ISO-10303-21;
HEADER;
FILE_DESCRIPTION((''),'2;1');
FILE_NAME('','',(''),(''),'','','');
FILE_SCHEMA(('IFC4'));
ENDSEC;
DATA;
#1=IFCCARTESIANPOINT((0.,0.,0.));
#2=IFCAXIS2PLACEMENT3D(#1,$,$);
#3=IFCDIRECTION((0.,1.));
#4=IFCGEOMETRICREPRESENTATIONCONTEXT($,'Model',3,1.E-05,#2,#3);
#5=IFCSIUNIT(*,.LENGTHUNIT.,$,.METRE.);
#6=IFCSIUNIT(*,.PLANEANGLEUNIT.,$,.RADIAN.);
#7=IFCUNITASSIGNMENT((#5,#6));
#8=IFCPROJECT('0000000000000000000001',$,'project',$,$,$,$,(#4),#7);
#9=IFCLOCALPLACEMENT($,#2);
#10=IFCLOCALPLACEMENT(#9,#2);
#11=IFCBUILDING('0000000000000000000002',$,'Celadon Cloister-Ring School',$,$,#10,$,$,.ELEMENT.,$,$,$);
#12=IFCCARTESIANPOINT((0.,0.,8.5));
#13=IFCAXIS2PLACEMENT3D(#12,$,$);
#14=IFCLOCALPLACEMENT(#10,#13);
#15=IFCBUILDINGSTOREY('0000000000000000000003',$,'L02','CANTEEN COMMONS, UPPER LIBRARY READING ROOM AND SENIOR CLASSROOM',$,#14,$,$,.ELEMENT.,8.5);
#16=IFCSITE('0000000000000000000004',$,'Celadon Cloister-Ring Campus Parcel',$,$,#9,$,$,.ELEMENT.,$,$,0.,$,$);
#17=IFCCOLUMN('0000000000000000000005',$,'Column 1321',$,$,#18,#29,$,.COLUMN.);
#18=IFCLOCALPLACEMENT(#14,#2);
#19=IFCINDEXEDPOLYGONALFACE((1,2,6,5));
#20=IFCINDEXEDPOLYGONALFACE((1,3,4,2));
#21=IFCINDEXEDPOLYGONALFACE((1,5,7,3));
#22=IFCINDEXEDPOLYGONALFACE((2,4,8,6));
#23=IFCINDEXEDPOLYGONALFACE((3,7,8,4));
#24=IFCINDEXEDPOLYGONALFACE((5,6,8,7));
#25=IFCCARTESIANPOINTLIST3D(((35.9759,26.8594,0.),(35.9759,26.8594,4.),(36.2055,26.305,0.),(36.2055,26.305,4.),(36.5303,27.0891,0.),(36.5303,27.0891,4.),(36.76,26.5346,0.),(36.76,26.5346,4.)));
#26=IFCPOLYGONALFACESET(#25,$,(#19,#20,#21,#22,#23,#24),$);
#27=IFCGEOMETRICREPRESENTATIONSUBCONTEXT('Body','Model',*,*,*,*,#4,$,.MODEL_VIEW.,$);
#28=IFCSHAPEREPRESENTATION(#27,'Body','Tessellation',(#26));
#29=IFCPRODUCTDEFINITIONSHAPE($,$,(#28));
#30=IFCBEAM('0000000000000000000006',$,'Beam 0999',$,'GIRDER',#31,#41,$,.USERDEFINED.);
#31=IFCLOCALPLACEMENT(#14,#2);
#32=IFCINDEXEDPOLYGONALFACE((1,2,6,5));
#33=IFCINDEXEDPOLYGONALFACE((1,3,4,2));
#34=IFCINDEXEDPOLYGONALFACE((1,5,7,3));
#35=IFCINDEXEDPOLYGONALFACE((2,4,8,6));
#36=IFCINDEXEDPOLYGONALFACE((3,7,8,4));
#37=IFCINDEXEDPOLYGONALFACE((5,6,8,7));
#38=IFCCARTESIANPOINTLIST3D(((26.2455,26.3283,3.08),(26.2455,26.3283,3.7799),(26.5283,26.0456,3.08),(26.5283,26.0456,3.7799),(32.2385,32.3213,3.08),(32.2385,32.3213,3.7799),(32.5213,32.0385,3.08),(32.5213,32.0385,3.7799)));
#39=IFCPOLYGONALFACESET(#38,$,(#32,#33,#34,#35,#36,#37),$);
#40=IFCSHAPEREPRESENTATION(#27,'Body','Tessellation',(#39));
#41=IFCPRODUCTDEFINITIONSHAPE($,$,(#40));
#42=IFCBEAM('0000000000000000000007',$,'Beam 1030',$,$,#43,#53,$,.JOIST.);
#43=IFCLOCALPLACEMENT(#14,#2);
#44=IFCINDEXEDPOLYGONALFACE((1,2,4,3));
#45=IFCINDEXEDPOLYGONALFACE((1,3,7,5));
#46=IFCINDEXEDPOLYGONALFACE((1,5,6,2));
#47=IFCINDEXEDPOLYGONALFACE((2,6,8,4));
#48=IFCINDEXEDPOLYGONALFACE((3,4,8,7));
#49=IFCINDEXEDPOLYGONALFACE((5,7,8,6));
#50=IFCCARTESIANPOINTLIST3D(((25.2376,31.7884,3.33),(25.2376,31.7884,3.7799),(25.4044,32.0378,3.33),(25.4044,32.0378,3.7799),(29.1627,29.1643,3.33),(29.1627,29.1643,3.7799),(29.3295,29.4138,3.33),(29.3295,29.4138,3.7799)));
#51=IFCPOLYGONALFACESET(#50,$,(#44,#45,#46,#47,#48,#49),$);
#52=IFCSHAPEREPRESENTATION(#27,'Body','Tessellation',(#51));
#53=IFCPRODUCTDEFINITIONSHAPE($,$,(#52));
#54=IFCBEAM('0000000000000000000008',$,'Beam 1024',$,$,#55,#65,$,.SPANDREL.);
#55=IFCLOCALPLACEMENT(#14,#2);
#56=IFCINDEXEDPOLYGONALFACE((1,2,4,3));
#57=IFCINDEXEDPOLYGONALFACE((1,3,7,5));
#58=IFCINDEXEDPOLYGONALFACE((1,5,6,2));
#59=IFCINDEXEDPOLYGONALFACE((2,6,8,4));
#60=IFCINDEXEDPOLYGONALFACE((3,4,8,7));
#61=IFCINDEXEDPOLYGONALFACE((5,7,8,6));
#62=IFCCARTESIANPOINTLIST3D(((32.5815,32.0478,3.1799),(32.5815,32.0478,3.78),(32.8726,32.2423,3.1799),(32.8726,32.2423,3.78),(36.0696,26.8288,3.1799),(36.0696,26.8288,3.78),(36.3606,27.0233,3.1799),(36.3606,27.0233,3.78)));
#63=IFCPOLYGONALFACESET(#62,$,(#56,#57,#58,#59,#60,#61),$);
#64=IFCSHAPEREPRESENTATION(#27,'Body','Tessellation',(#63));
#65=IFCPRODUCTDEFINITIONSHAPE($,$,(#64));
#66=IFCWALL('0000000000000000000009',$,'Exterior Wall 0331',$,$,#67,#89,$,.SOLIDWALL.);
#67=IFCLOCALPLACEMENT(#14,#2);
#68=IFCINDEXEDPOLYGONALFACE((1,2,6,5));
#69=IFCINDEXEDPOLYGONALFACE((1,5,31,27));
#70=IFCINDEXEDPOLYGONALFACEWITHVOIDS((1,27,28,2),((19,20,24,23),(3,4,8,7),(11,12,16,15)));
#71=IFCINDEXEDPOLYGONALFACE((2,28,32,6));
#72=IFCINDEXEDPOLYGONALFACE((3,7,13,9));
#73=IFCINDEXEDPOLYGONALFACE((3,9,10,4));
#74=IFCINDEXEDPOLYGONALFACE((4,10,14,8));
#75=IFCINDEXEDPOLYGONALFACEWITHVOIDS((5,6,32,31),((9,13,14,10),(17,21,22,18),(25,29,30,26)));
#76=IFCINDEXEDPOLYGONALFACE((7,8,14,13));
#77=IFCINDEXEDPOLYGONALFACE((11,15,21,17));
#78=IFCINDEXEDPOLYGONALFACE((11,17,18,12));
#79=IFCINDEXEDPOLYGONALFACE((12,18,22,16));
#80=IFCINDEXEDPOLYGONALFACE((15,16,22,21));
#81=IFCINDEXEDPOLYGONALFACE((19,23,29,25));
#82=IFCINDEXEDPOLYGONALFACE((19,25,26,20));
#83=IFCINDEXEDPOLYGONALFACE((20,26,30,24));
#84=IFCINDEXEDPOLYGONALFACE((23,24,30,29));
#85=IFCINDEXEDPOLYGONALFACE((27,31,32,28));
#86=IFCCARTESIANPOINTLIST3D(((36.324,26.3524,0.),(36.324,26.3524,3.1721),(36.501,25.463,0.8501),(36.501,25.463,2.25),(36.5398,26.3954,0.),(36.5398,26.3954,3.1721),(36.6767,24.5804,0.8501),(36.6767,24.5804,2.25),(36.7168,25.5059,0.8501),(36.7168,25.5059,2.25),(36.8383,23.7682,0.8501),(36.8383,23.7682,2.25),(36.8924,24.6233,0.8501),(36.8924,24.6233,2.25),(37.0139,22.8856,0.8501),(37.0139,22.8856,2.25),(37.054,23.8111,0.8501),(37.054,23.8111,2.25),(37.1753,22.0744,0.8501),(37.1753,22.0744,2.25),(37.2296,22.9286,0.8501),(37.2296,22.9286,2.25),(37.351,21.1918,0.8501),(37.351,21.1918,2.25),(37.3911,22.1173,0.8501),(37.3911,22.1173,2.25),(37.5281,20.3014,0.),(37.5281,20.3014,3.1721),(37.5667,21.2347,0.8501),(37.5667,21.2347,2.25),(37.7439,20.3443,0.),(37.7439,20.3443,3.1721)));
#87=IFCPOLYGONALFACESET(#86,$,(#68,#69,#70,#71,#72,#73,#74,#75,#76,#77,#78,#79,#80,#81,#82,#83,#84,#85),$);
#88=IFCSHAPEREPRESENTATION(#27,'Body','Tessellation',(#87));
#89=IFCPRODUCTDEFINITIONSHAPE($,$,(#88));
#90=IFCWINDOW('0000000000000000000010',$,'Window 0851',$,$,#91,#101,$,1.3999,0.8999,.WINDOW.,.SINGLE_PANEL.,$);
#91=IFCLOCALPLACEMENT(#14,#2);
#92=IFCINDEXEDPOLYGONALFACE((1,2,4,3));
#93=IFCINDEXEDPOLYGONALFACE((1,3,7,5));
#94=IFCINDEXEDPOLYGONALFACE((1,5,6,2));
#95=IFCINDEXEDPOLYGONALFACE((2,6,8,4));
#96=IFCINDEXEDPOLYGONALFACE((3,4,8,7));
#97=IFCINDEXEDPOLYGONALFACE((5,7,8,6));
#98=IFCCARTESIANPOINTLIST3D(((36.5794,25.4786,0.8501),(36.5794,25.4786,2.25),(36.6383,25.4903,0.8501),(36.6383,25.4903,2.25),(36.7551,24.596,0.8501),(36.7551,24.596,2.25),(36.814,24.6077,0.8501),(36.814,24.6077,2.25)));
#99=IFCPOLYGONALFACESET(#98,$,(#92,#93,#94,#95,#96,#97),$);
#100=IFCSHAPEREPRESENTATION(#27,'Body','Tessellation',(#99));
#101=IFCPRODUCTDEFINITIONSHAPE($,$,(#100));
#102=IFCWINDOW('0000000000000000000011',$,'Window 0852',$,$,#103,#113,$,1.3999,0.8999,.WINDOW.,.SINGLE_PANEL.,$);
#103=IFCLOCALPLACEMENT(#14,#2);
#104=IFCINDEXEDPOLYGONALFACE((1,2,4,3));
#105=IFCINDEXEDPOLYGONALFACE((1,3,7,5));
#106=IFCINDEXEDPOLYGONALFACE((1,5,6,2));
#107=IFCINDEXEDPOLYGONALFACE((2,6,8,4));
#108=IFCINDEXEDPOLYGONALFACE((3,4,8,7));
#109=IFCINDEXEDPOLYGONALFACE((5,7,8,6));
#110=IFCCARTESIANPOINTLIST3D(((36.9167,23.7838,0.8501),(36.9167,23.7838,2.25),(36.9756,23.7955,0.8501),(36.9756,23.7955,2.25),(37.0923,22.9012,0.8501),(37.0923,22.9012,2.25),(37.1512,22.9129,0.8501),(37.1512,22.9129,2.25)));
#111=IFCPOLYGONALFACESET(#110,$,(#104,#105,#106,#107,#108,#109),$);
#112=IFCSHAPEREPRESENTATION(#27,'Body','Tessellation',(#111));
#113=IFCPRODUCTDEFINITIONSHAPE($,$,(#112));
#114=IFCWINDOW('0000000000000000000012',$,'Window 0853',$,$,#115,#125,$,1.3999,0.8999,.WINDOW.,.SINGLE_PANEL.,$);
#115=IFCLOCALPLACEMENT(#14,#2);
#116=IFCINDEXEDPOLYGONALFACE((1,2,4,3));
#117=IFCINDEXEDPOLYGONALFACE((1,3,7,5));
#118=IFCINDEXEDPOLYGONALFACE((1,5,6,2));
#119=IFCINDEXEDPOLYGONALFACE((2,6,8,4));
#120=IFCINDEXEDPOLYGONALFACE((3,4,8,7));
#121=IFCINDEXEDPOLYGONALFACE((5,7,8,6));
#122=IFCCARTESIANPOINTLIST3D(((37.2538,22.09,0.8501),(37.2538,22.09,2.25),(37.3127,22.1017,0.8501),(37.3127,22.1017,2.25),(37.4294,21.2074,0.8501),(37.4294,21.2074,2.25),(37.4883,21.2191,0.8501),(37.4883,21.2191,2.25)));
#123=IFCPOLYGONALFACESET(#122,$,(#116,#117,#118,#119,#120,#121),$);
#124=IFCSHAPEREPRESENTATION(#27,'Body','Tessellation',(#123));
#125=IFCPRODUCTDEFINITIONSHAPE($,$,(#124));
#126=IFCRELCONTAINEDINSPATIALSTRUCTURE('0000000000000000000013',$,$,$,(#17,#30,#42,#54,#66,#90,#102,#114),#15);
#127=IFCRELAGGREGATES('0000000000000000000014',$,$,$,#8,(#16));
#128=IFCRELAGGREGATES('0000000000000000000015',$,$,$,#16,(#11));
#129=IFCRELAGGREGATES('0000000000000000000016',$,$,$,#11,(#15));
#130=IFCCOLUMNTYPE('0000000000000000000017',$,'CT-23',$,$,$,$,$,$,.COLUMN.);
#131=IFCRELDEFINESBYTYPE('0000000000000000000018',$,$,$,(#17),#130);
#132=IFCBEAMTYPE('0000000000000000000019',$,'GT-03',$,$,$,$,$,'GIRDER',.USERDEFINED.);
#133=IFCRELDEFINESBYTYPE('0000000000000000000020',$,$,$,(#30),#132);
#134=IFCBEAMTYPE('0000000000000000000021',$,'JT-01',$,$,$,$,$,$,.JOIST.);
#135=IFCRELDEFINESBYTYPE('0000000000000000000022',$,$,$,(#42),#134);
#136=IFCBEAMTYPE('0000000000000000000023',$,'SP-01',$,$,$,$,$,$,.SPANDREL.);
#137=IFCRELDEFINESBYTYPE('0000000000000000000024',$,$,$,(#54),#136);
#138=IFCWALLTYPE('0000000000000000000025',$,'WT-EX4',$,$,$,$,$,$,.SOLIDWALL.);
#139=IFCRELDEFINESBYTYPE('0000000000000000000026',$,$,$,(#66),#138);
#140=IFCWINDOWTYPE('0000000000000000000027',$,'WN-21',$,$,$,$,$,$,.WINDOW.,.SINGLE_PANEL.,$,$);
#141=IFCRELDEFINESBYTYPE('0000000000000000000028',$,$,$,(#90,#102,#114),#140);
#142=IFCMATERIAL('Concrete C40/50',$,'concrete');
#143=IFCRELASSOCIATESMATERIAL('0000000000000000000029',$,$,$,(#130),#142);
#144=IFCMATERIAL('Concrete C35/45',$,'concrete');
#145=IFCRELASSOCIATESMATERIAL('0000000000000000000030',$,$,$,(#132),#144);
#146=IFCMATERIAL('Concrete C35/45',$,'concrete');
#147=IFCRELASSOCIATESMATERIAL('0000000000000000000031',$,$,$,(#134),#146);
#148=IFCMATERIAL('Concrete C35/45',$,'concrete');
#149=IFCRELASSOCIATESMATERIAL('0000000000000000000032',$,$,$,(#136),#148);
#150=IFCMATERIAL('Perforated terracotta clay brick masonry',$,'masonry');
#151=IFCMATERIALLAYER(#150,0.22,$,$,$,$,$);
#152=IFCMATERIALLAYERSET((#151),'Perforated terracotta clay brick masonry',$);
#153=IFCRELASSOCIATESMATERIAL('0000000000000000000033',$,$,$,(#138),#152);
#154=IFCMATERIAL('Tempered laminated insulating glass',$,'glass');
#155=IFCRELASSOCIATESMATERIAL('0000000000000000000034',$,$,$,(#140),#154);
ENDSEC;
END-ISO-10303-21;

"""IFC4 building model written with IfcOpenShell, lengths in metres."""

from ifc_helpers import new_model, si_unit, direction, frame, frame_2d, origin, origin_2d, place, context, subcontext, project, spatial, rectangle, extrude, material, layer, layer_set, material_profile, profile_set, type_object, element, fill, save


model = new_model("IFC4")

# Units and contexts
model_context = context("Model", 3, precision=1e-05, world=origin(), true_north=direction((0.0, 1.0)))
body_context = subcontext(model_context, "Body", "Model", "MODEL_VIEW")
ifc_project = project(units=[si_unit("LENGTHUNIT", "METRE"), si_unit("PLANEANGLEUNIT", "RADIAN")], contexts=[model_context])

# Site, building, storey
site_placement = place(None, origin())
site = spatial("IfcSite", under=ifc_project, at=site_placement, Name="Celadon Cloister-Ring Campus Parcel", CompositionType="ELEMENT", RefElevation=0.0)
building_placement = place(site_placement, origin())
building = spatial("IfcBuilding", under=site, at=building_placement, Name="Celadon Cloister-Ring School", CompositionType="ELEMENT")
storey_placement = place(building_placement, frame((0.0, 0.0, 8.5)))
storey = spatial("IfcBuildingStorey", under=building, at=storey_placement, Name="L02", Description="CANTEEN COMMONS, UPPER LIBRARY READING ROOM AND SENIOR CLASSROOM", CompositionType="ELEMENT", Elevation=8.5)

# Column
ifc_material_1 = material(Name="Concrete C40/50", Category="concrete")
ifc_material_profile_1 = material_profile(ifc_material_1, rectangle(XDim=0.6001, YDim=0.6001, at=origin_2d()), Name="RC600X600")
ifc_profile_set_1 = profile_set([ifc_material_profile_1], Name="Concrete C40/50")
column_type = type_object("IfcColumnType", Name="CT-23", PredefinedType="COLUMN", material=ifc_profile_set_1)
column_placement = place(storey_placement, frame((36.3679, 26.697, 0.0), z_axis=(0.0, 0.0, 1.0), x_axis=(0.92388, 0.382683, 0.0)))
element("IfcColumn", 1, at=column_placement, inside=storey, type_object=column_type, Name="Column 1321", PredefinedType="COLUMN", context=body_context, shape_type="SweptSolid", body=[
    extrude(rectangle(XDim=0.6001, YDim=0.6001, at=origin_2d()), origin(), (0.0, 0.0, 1.0), 4.0),
])

# Beams
ifc_material_2 = material(Name="Concrete C35/45", Category="concrete")
ifc_material_profile_2 = material_profile(ifc_material_2, rectangle(XDim=0.3999, YDim=0.7, at=origin_2d()), Name="RC400X700")
ifc_profile_set_2 = profile_set([ifc_material_profile_2], Name="Concrete C35/45")
beam_type_1 = type_object("IfcBeamType", Name="GT-03", ElementType="GIRDER", PredefinedType="USERDEFINED", material=ifc_profile_set_2)
beam_1_placement = place(storey_placement, frame((32.3799, 32.1799, 3.4299), z_axis=(-0.707107, -0.707107, 0.0), x_axis=(0.707107, -0.707107, 0.0)))
element("IfcBeam", 2, at=beam_1_placement, inside=storey, type_object=beam_type_1, Name="Beam 0999", ObjectType="GIRDER", PredefinedType="USERDEFINED", context=body_context, shape_type="SweptSolid", body=[
    extrude(rectangle(XDim=0.3999, YDim=0.7, at=origin_2d()), origin(), (0.0, 0.0, 1.0), 8.4753),
])
ifc_material_3 = material(Name="Concrete C35/45", Category="concrete")
ifc_material_profile_3 = material_profile(ifc_material_3, rectangle(XDim=0.3, YDim=0.45, at=origin_2d()), Name="RC300X450")
ifc_profile_set_3 = profile_set([ifc_material_profile_3], Name="Concrete C35/45")
beam_type_2 = type_object("IfcBeamType", Name="JT-01", PredefinedType="JOIST", material=ifc_profile_set_3)
beam_2_placement = place(storey_placement, frame((29.2461, 29.2891, 3.5549), z_axis=(-0.831334, 0.555774, 0.0), x_axis=(-0.555774, -0.831334, 0.0)))
element("IfcBeam", 3, at=beam_2_placement, inside=storey, type_object=beam_type_2, Name="Beam 1030", PredefinedType="JOIST", context=body_context, shape_type="SweptSolid", body=[
    extrude(rectangle(XDim=0.3, YDim=0.45, at=origin_2d()), origin(), (0.0, 0.0, 1.0), 4.7214),
])
ifc_material_4 = material(Name="Concrete C35/45", Category="concrete")
ifc_material_profile_4 = material_profile(ifc_material_4, rectangle(XDim=0.3501, YDim=0.6001, at=origin_2d()), Name="RC350X600")
ifc_profile_set_4 = profile_set([ifc_material_profile_4], Name="Concrete C35/45")
beam_type_3 = type_object("IfcBeamType", Name="SP-01", PredefinedType="SPANDREL", material=ifc_profile_set_4)
beam_3_placement = place(storey_placement, frame((36.2151, 26.926, 3.48), z_axis=(-0.55566, 0.83141, 0.0), x_axis=(-0.83141, -0.55566, 0.0)))
element("IfcBeam", 4, at=beam_3_placement, inside=storey, type_object=beam_type_3, Name="Beam 1024", PredefinedType="SPANDREL", context=body_context, shape_type="SweptSolid", body=[
    extrude(rectangle(XDim=0.3501, YDim=0.6001, at=origin_2d()), origin(), (0.0, 0.0, 1.0), 6.2773),
])

# Wall, openings, windows
ifc_material_5 = material(Name="Perforated terracotta clay brick masonry", Category="masonry")
ifc_layer_1 = layer(ifc_material_5, 0.22)
ifc_layer_set_1 = layer_set([ifc_layer_1], Name="Perforated terracotta clay brick masonry")
wall_type = type_object("IfcWallType", Name="WT-EX4", PredefinedType="SOLIDWALL", material=ifc_layer_set_1)
wall_1_placement = place(storey_placement, frame((36.4319, 26.374, 0.0), z_axis=(0.0, 0.0, 1.0), x_axis=(0.195165, -0.98077, 0.0)))
wall_1 = element("IfcWall", 5, at=wall_1_placement, inside=storey, type_object=wall_type, Name="Exterior Wall 0331", PredefinedType="SOLIDWALL", context=body_context, shape_type="SweptSolid", body=[
    extrude(rectangle(XDim=6.1697, YDim=0.22, at=frame_2d((3.085, 0.0))), origin(), (0.0, 0.0, 1.0), 3.1721),
])
opening_1_placement = place(wall_1_placement, frame((0.907, 0.0, 0.8501)))
opening_1 = element("IfcOpeningElement", 6, at=opening_1_placement, cuts=wall_1, PredefinedType="OPENING", context=body_context, shape_type="SweptSolid", body=[
    extrude(rectangle(XDim=0.8999, YDim=1.3999, at=frame_2d((0.45, 0.7))), frame((0.0, 0.1201, 0.0), z_axis=(0.0, -1.0, 0.0), x_axis=(1.0, 0.0, 0.0)), (0.0, 0.0, 1.0), 0.24),
])
opening_2_placement = place(wall_1_placement, frame((2.635, 0.0, 0.8501)))
opening_2 = element("IfcOpeningElement", 7, at=opening_2_placement, cuts=wall_1, PredefinedType="OPENING", context=body_context, shape_type="SweptSolid", body=[
    extrude(rectangle(XDim=0.8999, YDim=1.3999, at=frame_2d((0.45, 0.7))), frame((0.0, 0.1201, 0.0), z_axis=(0.0, -1.0, 0.0), x_axis=(1.0, 0.0, 0.0)), (0.0, 0.0, 1.0), 0.24),
])
opening_3_placement = place(wall_1_placement, frame((4.3621, 0.0, 0.8501)))
opening_3 = element("IfcOpeningElement", 8, at=opening_3_placement, cuts=wall_1, PredefinedType="OPENING", context=body_context, shape_type="SweptSolid", body=[
    extrude(rectangle(XDim=0.8999, YDim=1.3999, at=frame_2d((0.45, 0.7))), frame((0.0, 0.1201, 0.0), z_axis=(0.0, -1.0, 0.0), x_axis=(1.0, 0.0, 0.0)), (0.0, 0.0, 1.0), 0.24),
])
ifc_material_6 = material(Name="Tempered laminated insulating glass", Category="glass")
window_type = type_object("IfcWindowType", Name="WN-21", PartitioningType="SINGLE_PANEL", PredefinedType="WINDOW", material=ifc_material_6)
window_1_placement = place(opening_1_placement, origin())
window_1 = element("IfcWindow", 9, at=window_1_placement, inside=storey, type_object=window_type, Name="Window 0851", OverallHeight=1.3999, OverallWidth=0.8999, PartitioningType="SINGLE_PANEL", PredefinedType="WINDOW", context=body_context, shape_type="SweptSolid", body=[
    extrude(rectangle(XDim=0.8999, YDim=1.3999, at=frame_2d((0.45, 0.7))), frame((0.0, 0.03, 0.0), z_axis=(0.0, -1.0, 0.0), x_axis=(1.0, 0.0, 0.0)), (0.0, 0.0, 1.0), 0.0601),
])
fill(opening_1, window_1)
window_2_placement = place(opening_2_placement, origin())
window_2 = element("IfcWindow", 10, at=window_2_placement, inside=storey, type_object=window_type, Name="Window 0852", OverallHeight=1.3999, OverallWidth=0.8999, PartitioningType="SINGLE_PANEL", PredefinedType="WINDOW", context=body_context, shape_type="SweptSolid", body=[
    extrude(rectangle(XDim=0.8999, YDim=1.3999, at=frame_2d((0.45, 0.7))), frame((0.0, 0.03, 0.0), z_axis=(0.0, -1.0, 0.0), x_axis=(1.0, 0.0, 0.0)), (0.0, 0.0, 1.0), 0.0601),
])
fill(opening_2, window_2)
window_3_placement = place(opening_3_placement, origin())
window_3 = element("IfcWindow", 11, at=window_3_placement, inside=storey, type_object=window_type, Name="Window 0853", OverallHeight=1.3999, OverallWidth=0.8999, PartitioningType="SINGLE_PANEL", PredefinedType="WINDOW", context=body_context, shape_type="SweptSolid", body=[
    extrude(rectangle(XDim=0.8999, YDim=1.3999, at=frame_2d((0.45, 0.7))), frame((0.0, 0.03, 0.0), z_axis=(0.0, -1.0, 0.0), x_axis=(1.0, 0.0, 0.0)), (0.0, 0.0, 1.0), 0.0601),
])
fill(opening_3, window_3)

save(model, "model.ifc")
